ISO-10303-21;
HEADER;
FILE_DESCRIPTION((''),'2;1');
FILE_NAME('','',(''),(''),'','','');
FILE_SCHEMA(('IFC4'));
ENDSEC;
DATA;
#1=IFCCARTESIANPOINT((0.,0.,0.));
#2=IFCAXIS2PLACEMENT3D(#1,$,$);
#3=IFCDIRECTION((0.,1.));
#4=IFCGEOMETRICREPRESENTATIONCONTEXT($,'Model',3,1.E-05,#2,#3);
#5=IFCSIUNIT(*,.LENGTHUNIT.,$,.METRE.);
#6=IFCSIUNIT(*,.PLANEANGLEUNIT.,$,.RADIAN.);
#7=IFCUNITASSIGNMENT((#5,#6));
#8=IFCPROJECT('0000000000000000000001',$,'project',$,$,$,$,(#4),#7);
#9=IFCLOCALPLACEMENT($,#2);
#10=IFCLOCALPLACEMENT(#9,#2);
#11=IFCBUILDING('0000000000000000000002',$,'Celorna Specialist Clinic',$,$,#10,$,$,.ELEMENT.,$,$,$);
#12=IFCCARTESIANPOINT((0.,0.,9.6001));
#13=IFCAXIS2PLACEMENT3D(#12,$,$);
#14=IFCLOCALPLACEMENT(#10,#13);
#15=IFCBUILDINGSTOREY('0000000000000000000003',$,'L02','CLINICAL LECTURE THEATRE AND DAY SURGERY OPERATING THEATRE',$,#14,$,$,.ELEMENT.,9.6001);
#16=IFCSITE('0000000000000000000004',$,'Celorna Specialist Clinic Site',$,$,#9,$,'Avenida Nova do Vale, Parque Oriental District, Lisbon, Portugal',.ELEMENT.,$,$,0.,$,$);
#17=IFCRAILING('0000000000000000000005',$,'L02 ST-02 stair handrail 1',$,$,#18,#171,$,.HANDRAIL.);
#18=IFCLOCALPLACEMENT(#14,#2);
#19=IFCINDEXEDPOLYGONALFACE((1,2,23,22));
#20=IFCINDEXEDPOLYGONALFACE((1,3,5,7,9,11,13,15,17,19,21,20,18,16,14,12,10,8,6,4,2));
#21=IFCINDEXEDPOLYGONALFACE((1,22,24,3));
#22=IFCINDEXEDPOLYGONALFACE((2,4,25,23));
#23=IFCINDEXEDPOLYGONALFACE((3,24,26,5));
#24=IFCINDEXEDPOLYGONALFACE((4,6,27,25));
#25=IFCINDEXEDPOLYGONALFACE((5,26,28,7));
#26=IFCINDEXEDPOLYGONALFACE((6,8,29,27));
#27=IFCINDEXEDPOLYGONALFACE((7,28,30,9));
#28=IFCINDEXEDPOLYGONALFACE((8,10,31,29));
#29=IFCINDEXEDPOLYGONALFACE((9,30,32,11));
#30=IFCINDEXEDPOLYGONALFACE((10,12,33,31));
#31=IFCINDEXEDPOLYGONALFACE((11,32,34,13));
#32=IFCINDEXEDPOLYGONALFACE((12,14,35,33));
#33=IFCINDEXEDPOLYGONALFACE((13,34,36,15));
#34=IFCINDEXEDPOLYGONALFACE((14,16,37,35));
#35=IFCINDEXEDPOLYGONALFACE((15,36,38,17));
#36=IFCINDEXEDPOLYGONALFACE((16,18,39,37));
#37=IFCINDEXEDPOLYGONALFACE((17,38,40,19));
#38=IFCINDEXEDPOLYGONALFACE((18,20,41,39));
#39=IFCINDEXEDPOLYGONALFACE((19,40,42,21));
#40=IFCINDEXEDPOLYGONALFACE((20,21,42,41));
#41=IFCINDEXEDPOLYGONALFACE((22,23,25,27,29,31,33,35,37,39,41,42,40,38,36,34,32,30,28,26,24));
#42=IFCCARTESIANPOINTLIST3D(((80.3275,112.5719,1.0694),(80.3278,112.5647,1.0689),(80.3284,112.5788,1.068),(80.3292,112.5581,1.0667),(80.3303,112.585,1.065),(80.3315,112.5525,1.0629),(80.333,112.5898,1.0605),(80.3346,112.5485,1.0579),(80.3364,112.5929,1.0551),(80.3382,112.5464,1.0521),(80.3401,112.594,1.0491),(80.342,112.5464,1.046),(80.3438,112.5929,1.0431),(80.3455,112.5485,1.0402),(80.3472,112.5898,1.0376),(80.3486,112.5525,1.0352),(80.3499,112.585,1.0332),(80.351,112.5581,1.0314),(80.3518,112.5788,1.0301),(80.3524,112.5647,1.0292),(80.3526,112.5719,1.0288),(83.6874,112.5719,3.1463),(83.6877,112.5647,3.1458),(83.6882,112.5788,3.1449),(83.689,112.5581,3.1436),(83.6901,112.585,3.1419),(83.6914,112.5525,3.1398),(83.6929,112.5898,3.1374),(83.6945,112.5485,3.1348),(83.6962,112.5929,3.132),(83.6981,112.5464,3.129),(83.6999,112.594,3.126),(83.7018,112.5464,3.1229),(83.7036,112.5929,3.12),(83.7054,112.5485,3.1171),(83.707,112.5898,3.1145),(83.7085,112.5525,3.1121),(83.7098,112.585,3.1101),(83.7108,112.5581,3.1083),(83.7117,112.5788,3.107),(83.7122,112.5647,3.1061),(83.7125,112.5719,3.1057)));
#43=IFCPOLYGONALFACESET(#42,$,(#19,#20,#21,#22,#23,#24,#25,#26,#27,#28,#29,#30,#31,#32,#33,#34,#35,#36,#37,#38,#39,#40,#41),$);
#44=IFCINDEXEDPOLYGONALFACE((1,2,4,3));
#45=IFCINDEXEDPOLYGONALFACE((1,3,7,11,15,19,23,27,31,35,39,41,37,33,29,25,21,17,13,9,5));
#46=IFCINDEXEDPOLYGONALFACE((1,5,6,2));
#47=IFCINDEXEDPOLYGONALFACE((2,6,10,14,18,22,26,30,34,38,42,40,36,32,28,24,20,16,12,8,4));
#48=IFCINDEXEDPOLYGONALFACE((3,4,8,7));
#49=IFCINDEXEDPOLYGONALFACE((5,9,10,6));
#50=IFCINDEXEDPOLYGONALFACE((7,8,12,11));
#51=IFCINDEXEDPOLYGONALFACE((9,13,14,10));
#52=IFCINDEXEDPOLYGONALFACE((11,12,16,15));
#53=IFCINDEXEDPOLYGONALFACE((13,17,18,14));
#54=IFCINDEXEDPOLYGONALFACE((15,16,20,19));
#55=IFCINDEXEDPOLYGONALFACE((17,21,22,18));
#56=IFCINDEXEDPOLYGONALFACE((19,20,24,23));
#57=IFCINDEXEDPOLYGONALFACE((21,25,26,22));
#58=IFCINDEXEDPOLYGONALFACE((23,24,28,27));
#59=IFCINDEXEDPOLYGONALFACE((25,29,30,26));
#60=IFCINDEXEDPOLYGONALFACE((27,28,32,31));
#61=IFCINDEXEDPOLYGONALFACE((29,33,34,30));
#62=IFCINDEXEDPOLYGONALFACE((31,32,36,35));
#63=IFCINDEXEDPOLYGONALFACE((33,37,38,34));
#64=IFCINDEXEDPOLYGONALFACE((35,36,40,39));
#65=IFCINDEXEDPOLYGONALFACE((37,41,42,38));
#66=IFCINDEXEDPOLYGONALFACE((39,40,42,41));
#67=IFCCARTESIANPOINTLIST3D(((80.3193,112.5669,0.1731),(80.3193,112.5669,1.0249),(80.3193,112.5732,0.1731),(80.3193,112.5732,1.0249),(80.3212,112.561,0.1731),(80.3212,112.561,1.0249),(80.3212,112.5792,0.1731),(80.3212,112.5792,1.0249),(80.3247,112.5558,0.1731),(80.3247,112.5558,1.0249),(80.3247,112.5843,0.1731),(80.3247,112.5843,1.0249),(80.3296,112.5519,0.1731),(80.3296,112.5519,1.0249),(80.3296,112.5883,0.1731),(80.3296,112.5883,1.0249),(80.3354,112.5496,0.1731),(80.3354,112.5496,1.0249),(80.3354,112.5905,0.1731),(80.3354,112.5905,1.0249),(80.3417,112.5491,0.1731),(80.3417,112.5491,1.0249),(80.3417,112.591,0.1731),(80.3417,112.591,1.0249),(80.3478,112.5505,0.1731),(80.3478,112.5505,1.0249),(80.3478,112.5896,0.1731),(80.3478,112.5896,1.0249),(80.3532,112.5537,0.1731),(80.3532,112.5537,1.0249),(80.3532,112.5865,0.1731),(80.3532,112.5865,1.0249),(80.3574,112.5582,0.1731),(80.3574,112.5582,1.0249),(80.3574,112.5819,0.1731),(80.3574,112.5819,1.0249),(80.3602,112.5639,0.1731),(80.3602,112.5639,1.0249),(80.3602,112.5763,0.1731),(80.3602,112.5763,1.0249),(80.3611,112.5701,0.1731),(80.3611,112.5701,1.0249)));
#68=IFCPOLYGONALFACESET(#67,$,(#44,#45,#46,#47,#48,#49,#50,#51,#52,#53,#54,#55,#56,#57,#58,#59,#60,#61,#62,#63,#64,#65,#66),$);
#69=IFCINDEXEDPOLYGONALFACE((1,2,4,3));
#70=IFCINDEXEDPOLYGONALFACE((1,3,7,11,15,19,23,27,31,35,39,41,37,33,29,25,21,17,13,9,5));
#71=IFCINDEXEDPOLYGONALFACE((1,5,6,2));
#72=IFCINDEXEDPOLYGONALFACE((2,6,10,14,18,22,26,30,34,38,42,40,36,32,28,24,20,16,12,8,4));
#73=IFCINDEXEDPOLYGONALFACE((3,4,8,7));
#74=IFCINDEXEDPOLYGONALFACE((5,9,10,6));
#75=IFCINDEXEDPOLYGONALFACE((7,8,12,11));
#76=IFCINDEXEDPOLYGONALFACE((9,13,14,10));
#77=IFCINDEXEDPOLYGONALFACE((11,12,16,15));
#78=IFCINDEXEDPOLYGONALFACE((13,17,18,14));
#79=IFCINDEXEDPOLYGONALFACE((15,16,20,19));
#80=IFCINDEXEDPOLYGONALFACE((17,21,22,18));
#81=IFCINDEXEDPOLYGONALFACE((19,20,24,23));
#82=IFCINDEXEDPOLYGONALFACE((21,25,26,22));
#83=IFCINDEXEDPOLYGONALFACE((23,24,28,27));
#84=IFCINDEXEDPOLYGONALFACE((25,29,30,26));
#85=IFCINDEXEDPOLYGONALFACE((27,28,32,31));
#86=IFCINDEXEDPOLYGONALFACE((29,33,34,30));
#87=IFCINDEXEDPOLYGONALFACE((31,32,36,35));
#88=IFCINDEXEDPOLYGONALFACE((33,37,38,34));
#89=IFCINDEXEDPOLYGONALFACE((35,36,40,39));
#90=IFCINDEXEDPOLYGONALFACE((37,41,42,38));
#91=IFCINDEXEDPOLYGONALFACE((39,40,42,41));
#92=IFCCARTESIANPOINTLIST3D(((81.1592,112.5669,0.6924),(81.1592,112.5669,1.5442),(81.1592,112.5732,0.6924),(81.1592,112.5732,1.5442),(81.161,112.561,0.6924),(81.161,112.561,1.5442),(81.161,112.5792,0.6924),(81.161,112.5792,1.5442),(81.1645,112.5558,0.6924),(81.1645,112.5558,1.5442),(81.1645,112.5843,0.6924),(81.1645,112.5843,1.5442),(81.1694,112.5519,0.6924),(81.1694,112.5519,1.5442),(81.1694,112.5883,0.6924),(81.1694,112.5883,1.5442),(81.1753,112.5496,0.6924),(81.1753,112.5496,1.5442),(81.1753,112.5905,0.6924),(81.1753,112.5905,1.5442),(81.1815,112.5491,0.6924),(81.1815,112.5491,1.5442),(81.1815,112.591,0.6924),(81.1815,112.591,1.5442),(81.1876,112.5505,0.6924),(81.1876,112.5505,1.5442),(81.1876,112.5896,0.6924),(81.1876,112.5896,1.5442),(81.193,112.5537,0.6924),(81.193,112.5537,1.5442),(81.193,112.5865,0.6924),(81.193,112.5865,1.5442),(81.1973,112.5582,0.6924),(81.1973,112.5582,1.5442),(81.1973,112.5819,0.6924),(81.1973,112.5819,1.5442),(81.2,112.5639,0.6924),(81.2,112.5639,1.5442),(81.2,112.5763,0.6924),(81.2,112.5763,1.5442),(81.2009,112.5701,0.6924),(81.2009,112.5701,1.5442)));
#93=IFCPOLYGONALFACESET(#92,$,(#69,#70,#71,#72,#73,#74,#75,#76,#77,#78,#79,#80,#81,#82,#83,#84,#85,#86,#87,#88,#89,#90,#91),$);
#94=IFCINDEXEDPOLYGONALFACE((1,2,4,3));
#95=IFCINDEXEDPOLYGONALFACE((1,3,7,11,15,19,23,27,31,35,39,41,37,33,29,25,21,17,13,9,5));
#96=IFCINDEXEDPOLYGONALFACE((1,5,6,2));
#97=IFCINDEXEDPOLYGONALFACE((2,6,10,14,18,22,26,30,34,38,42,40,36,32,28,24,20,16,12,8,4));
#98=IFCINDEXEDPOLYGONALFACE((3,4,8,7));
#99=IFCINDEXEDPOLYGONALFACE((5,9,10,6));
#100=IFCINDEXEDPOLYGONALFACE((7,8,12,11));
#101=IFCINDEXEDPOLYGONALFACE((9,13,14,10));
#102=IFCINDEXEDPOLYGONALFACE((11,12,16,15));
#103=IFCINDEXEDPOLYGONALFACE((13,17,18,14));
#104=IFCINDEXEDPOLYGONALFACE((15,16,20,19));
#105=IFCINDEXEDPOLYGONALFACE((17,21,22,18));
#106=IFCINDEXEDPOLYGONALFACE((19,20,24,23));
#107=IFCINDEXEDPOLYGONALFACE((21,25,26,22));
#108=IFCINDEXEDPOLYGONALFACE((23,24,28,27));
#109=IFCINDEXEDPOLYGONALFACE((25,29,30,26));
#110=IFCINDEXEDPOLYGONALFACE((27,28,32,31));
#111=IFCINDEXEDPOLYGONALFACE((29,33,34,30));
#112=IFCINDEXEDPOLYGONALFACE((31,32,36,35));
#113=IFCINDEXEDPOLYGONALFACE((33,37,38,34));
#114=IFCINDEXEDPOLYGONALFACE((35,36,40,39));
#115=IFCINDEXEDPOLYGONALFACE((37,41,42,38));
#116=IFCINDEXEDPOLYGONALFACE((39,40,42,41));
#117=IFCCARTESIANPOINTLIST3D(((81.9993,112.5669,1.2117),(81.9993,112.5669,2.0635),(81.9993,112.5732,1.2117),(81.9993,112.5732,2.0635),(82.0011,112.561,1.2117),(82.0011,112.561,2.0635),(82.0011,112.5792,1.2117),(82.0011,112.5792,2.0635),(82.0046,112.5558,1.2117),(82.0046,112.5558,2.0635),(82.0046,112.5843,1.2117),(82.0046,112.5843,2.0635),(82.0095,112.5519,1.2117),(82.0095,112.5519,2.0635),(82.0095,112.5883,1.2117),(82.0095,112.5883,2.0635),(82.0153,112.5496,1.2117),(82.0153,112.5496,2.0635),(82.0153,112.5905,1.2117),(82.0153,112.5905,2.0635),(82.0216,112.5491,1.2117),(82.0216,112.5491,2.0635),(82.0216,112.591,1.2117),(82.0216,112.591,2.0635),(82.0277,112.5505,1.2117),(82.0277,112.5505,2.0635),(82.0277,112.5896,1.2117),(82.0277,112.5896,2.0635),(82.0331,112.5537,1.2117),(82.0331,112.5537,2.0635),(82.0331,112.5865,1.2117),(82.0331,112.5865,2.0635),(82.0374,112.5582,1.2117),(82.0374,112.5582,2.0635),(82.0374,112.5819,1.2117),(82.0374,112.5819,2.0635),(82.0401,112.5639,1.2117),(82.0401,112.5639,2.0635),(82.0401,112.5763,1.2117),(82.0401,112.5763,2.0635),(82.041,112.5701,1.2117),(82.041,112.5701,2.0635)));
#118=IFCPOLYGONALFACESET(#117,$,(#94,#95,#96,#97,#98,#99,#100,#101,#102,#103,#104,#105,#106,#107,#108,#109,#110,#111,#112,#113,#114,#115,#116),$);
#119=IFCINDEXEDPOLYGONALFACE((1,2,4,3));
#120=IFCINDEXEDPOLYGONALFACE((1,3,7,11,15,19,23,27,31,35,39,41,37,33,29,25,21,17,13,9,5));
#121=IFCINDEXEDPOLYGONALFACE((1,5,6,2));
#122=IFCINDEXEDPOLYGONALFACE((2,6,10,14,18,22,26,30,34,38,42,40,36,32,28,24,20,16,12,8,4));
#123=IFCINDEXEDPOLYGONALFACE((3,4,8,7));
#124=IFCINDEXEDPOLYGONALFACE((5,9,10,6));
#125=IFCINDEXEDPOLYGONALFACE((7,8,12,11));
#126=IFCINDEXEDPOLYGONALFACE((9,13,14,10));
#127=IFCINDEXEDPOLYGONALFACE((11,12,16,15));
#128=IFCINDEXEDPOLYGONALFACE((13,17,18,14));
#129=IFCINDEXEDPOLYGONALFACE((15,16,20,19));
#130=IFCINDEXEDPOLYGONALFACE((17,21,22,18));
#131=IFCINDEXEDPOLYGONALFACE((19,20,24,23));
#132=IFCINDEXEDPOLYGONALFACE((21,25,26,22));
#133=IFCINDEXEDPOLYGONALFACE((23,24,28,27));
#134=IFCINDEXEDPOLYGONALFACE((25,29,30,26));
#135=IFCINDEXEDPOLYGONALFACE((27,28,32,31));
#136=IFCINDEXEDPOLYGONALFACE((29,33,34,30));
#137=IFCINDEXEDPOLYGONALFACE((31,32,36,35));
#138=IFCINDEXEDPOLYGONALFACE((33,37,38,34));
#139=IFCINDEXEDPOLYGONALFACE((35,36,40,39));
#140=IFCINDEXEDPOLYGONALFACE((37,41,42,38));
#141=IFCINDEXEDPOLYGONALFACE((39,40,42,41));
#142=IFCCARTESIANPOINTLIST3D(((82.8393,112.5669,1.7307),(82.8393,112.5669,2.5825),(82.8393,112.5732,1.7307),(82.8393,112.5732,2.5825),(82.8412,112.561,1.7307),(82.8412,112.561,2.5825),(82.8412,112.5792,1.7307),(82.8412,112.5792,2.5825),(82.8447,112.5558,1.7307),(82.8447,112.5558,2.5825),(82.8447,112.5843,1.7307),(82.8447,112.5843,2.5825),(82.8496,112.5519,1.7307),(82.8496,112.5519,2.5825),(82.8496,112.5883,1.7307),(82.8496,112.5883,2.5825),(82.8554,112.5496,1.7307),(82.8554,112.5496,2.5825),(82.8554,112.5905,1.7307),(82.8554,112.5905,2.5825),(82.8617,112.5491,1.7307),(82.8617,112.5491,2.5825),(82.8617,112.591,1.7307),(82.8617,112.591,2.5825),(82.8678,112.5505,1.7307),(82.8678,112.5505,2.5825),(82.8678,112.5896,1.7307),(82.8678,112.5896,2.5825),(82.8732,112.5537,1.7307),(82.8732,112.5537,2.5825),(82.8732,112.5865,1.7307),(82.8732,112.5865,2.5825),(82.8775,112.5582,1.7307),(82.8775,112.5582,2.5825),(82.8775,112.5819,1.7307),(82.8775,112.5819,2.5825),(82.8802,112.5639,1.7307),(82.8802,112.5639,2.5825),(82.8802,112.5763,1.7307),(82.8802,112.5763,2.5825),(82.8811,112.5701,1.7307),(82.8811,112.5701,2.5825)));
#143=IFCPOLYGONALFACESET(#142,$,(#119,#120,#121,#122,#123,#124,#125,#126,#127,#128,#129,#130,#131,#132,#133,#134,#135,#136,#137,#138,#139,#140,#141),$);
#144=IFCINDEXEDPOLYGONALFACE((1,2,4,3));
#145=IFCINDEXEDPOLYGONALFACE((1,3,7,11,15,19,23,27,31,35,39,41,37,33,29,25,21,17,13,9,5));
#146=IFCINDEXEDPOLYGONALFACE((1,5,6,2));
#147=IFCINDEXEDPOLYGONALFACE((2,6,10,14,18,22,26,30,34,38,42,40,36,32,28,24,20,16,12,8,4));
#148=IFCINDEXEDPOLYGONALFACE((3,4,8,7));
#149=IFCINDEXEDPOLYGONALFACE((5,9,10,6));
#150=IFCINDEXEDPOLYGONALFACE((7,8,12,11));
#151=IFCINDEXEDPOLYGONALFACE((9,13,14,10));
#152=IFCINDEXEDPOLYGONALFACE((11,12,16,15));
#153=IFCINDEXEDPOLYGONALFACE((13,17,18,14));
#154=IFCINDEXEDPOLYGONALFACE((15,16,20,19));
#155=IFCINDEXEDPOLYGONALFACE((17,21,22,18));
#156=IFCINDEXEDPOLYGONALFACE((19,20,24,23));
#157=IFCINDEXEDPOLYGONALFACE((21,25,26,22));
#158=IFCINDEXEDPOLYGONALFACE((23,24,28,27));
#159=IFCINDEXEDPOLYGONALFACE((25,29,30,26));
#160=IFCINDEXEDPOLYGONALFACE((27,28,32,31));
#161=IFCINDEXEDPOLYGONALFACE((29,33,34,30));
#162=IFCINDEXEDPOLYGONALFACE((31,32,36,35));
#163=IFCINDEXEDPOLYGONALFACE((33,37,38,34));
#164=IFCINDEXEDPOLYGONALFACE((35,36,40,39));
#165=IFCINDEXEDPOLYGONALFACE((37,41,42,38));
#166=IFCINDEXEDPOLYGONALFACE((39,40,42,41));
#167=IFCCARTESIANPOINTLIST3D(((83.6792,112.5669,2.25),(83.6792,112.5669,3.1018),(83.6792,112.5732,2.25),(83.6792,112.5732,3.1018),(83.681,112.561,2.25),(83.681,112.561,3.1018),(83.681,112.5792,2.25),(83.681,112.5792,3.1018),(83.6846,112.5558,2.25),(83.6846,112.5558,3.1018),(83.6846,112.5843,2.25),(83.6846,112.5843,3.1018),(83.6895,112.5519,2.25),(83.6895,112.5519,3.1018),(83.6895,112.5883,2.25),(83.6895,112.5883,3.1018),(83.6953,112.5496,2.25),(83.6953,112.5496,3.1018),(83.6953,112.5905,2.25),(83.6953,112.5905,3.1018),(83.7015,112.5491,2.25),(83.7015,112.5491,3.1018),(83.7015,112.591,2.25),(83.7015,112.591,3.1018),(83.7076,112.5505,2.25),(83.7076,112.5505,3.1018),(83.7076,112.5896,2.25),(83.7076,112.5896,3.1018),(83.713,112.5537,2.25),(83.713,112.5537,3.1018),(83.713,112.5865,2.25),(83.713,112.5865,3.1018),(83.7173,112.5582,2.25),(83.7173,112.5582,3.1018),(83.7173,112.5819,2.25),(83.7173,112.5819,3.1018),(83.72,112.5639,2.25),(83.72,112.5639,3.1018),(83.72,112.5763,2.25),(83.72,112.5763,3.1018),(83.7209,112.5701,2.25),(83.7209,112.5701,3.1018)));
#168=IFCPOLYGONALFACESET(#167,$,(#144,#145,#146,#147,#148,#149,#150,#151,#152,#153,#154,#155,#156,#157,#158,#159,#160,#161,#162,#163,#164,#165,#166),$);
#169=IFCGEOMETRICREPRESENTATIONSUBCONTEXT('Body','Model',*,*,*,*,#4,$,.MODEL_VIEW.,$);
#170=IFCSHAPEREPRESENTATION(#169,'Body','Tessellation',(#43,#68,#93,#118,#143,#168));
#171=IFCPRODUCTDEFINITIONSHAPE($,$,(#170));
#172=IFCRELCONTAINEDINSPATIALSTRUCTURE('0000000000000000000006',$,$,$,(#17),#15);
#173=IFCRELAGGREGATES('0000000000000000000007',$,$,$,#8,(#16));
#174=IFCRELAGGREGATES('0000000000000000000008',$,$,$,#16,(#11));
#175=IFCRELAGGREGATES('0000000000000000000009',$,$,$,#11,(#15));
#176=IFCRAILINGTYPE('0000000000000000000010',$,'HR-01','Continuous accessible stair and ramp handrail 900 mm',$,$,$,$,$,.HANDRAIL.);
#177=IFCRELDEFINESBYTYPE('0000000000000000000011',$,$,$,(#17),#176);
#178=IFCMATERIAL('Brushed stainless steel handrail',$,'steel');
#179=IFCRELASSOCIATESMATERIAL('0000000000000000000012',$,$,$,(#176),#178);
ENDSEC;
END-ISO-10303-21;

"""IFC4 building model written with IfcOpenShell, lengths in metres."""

from ifc_helpers import new_model, si_unit, direction, frame, origin, origin_2d, place, context, subcontext, project, spatial, circle, extrude, material, type_object, element, save


model = new_model("IFC4")

# Units and contexts
model_context = context("Model", 3, precision=1e-05, world=origin(), true_north=direction((0.0, 1.0)))
body_context = subcontext(model_context, "Body", "Model", "MODEL_VIEW")
ifc_project = project(units=[si_unit("LENGTHUNIT", "METRE"), si_unit("PLANEANGLEUNIT", "RADIAN")], contexts=[model_context])

# Site, building, storey
site_placement = place(None, origin())
site = spatial("IfcSite", under=ifc_project, at=site_placement, Name="Celorna Specialist Clinic Site", LongName="Avenida Nova do Vale, Parque Oriental District, Lisbon, Portugal", CompositionType="ELEMENT", RefElevation=0.0)
building_placement = place(site_placement, origin())
building = spatial("IfcBuilding", under=site, at=building_placement, Name="Celorna Specialist Clinic", CompositionType="ELEMENT")
storey_placement = place(building_placement, frame((0.0, 0.0, 9.6001)))
storey = spatial("IfcBuildingStorey", under=building, at=storey_placement, Name="L02", Description="CLINICAL LECTURE THEATRE AND DAY SURGERY OPERATING THEATRE", CompositionType="ELEMENT", Elevation=9.6001)

# Railing
ifc_material_1 = material(Name="Brushed stainless steel handrail", Category="steel")
railing_type_1 = type_object("IfcRailingType", Name="HR-01", Description="Continuous accessible stair and ramp handrail 900 mm", PredefinedType="HANDRAIL", material=ifc_material_1)
railing_1_placement = place(storey_placement, frame((80.3401, 112.5701, 0.1731)))
element("IfcRailing", 1, at=railing_1_placement, inside=storey, type_object=railing_type_1, Name="L02 ST-02 stair handrail 1", PredefinedType="HANDRAIL", context=body_context, shape_type="SweptSolid", body=[
    extrude(circle(Radius=0.0239, at=origin_2d()), frame((0.0, 0.0, 0.876), z_axis=(0.850606, 0.0, 0.525803), x_axis=(0.0, 1.0, 0.0)), (0.0, 0.0, 1.0), 3.95),
    extrude(circle(Radius=0.021, at=origin_2d()), origin(), (0.0, 0.0, 1.0), 0.8518),
    extrude(circle(Radius=0.021, at=origin_2d()), frame((0.8398, 0.0, 0.5193)), (0.0, 0.0, 1.0), 0.8518),
    extrude(circle(Radius=0.021, at=origin_2d()), frame((1.6799, 0.0, 1.0386)), (0.0, 0.0, 1.0), 0.8518),
    extrude(circle(Radius=0.021, at=origin_2d()), frame((2.52, 0.0, 1.5576)), (0.0, 0.0, 1.0), 0.8518),
    extrude(circle(Radius=0.021, at=origin_2d()), frame((3.3599, 0.0, 2.0769)), (0.0, 0.0, 1.0), 0.8518),
])

save(model, "model.ifc")
